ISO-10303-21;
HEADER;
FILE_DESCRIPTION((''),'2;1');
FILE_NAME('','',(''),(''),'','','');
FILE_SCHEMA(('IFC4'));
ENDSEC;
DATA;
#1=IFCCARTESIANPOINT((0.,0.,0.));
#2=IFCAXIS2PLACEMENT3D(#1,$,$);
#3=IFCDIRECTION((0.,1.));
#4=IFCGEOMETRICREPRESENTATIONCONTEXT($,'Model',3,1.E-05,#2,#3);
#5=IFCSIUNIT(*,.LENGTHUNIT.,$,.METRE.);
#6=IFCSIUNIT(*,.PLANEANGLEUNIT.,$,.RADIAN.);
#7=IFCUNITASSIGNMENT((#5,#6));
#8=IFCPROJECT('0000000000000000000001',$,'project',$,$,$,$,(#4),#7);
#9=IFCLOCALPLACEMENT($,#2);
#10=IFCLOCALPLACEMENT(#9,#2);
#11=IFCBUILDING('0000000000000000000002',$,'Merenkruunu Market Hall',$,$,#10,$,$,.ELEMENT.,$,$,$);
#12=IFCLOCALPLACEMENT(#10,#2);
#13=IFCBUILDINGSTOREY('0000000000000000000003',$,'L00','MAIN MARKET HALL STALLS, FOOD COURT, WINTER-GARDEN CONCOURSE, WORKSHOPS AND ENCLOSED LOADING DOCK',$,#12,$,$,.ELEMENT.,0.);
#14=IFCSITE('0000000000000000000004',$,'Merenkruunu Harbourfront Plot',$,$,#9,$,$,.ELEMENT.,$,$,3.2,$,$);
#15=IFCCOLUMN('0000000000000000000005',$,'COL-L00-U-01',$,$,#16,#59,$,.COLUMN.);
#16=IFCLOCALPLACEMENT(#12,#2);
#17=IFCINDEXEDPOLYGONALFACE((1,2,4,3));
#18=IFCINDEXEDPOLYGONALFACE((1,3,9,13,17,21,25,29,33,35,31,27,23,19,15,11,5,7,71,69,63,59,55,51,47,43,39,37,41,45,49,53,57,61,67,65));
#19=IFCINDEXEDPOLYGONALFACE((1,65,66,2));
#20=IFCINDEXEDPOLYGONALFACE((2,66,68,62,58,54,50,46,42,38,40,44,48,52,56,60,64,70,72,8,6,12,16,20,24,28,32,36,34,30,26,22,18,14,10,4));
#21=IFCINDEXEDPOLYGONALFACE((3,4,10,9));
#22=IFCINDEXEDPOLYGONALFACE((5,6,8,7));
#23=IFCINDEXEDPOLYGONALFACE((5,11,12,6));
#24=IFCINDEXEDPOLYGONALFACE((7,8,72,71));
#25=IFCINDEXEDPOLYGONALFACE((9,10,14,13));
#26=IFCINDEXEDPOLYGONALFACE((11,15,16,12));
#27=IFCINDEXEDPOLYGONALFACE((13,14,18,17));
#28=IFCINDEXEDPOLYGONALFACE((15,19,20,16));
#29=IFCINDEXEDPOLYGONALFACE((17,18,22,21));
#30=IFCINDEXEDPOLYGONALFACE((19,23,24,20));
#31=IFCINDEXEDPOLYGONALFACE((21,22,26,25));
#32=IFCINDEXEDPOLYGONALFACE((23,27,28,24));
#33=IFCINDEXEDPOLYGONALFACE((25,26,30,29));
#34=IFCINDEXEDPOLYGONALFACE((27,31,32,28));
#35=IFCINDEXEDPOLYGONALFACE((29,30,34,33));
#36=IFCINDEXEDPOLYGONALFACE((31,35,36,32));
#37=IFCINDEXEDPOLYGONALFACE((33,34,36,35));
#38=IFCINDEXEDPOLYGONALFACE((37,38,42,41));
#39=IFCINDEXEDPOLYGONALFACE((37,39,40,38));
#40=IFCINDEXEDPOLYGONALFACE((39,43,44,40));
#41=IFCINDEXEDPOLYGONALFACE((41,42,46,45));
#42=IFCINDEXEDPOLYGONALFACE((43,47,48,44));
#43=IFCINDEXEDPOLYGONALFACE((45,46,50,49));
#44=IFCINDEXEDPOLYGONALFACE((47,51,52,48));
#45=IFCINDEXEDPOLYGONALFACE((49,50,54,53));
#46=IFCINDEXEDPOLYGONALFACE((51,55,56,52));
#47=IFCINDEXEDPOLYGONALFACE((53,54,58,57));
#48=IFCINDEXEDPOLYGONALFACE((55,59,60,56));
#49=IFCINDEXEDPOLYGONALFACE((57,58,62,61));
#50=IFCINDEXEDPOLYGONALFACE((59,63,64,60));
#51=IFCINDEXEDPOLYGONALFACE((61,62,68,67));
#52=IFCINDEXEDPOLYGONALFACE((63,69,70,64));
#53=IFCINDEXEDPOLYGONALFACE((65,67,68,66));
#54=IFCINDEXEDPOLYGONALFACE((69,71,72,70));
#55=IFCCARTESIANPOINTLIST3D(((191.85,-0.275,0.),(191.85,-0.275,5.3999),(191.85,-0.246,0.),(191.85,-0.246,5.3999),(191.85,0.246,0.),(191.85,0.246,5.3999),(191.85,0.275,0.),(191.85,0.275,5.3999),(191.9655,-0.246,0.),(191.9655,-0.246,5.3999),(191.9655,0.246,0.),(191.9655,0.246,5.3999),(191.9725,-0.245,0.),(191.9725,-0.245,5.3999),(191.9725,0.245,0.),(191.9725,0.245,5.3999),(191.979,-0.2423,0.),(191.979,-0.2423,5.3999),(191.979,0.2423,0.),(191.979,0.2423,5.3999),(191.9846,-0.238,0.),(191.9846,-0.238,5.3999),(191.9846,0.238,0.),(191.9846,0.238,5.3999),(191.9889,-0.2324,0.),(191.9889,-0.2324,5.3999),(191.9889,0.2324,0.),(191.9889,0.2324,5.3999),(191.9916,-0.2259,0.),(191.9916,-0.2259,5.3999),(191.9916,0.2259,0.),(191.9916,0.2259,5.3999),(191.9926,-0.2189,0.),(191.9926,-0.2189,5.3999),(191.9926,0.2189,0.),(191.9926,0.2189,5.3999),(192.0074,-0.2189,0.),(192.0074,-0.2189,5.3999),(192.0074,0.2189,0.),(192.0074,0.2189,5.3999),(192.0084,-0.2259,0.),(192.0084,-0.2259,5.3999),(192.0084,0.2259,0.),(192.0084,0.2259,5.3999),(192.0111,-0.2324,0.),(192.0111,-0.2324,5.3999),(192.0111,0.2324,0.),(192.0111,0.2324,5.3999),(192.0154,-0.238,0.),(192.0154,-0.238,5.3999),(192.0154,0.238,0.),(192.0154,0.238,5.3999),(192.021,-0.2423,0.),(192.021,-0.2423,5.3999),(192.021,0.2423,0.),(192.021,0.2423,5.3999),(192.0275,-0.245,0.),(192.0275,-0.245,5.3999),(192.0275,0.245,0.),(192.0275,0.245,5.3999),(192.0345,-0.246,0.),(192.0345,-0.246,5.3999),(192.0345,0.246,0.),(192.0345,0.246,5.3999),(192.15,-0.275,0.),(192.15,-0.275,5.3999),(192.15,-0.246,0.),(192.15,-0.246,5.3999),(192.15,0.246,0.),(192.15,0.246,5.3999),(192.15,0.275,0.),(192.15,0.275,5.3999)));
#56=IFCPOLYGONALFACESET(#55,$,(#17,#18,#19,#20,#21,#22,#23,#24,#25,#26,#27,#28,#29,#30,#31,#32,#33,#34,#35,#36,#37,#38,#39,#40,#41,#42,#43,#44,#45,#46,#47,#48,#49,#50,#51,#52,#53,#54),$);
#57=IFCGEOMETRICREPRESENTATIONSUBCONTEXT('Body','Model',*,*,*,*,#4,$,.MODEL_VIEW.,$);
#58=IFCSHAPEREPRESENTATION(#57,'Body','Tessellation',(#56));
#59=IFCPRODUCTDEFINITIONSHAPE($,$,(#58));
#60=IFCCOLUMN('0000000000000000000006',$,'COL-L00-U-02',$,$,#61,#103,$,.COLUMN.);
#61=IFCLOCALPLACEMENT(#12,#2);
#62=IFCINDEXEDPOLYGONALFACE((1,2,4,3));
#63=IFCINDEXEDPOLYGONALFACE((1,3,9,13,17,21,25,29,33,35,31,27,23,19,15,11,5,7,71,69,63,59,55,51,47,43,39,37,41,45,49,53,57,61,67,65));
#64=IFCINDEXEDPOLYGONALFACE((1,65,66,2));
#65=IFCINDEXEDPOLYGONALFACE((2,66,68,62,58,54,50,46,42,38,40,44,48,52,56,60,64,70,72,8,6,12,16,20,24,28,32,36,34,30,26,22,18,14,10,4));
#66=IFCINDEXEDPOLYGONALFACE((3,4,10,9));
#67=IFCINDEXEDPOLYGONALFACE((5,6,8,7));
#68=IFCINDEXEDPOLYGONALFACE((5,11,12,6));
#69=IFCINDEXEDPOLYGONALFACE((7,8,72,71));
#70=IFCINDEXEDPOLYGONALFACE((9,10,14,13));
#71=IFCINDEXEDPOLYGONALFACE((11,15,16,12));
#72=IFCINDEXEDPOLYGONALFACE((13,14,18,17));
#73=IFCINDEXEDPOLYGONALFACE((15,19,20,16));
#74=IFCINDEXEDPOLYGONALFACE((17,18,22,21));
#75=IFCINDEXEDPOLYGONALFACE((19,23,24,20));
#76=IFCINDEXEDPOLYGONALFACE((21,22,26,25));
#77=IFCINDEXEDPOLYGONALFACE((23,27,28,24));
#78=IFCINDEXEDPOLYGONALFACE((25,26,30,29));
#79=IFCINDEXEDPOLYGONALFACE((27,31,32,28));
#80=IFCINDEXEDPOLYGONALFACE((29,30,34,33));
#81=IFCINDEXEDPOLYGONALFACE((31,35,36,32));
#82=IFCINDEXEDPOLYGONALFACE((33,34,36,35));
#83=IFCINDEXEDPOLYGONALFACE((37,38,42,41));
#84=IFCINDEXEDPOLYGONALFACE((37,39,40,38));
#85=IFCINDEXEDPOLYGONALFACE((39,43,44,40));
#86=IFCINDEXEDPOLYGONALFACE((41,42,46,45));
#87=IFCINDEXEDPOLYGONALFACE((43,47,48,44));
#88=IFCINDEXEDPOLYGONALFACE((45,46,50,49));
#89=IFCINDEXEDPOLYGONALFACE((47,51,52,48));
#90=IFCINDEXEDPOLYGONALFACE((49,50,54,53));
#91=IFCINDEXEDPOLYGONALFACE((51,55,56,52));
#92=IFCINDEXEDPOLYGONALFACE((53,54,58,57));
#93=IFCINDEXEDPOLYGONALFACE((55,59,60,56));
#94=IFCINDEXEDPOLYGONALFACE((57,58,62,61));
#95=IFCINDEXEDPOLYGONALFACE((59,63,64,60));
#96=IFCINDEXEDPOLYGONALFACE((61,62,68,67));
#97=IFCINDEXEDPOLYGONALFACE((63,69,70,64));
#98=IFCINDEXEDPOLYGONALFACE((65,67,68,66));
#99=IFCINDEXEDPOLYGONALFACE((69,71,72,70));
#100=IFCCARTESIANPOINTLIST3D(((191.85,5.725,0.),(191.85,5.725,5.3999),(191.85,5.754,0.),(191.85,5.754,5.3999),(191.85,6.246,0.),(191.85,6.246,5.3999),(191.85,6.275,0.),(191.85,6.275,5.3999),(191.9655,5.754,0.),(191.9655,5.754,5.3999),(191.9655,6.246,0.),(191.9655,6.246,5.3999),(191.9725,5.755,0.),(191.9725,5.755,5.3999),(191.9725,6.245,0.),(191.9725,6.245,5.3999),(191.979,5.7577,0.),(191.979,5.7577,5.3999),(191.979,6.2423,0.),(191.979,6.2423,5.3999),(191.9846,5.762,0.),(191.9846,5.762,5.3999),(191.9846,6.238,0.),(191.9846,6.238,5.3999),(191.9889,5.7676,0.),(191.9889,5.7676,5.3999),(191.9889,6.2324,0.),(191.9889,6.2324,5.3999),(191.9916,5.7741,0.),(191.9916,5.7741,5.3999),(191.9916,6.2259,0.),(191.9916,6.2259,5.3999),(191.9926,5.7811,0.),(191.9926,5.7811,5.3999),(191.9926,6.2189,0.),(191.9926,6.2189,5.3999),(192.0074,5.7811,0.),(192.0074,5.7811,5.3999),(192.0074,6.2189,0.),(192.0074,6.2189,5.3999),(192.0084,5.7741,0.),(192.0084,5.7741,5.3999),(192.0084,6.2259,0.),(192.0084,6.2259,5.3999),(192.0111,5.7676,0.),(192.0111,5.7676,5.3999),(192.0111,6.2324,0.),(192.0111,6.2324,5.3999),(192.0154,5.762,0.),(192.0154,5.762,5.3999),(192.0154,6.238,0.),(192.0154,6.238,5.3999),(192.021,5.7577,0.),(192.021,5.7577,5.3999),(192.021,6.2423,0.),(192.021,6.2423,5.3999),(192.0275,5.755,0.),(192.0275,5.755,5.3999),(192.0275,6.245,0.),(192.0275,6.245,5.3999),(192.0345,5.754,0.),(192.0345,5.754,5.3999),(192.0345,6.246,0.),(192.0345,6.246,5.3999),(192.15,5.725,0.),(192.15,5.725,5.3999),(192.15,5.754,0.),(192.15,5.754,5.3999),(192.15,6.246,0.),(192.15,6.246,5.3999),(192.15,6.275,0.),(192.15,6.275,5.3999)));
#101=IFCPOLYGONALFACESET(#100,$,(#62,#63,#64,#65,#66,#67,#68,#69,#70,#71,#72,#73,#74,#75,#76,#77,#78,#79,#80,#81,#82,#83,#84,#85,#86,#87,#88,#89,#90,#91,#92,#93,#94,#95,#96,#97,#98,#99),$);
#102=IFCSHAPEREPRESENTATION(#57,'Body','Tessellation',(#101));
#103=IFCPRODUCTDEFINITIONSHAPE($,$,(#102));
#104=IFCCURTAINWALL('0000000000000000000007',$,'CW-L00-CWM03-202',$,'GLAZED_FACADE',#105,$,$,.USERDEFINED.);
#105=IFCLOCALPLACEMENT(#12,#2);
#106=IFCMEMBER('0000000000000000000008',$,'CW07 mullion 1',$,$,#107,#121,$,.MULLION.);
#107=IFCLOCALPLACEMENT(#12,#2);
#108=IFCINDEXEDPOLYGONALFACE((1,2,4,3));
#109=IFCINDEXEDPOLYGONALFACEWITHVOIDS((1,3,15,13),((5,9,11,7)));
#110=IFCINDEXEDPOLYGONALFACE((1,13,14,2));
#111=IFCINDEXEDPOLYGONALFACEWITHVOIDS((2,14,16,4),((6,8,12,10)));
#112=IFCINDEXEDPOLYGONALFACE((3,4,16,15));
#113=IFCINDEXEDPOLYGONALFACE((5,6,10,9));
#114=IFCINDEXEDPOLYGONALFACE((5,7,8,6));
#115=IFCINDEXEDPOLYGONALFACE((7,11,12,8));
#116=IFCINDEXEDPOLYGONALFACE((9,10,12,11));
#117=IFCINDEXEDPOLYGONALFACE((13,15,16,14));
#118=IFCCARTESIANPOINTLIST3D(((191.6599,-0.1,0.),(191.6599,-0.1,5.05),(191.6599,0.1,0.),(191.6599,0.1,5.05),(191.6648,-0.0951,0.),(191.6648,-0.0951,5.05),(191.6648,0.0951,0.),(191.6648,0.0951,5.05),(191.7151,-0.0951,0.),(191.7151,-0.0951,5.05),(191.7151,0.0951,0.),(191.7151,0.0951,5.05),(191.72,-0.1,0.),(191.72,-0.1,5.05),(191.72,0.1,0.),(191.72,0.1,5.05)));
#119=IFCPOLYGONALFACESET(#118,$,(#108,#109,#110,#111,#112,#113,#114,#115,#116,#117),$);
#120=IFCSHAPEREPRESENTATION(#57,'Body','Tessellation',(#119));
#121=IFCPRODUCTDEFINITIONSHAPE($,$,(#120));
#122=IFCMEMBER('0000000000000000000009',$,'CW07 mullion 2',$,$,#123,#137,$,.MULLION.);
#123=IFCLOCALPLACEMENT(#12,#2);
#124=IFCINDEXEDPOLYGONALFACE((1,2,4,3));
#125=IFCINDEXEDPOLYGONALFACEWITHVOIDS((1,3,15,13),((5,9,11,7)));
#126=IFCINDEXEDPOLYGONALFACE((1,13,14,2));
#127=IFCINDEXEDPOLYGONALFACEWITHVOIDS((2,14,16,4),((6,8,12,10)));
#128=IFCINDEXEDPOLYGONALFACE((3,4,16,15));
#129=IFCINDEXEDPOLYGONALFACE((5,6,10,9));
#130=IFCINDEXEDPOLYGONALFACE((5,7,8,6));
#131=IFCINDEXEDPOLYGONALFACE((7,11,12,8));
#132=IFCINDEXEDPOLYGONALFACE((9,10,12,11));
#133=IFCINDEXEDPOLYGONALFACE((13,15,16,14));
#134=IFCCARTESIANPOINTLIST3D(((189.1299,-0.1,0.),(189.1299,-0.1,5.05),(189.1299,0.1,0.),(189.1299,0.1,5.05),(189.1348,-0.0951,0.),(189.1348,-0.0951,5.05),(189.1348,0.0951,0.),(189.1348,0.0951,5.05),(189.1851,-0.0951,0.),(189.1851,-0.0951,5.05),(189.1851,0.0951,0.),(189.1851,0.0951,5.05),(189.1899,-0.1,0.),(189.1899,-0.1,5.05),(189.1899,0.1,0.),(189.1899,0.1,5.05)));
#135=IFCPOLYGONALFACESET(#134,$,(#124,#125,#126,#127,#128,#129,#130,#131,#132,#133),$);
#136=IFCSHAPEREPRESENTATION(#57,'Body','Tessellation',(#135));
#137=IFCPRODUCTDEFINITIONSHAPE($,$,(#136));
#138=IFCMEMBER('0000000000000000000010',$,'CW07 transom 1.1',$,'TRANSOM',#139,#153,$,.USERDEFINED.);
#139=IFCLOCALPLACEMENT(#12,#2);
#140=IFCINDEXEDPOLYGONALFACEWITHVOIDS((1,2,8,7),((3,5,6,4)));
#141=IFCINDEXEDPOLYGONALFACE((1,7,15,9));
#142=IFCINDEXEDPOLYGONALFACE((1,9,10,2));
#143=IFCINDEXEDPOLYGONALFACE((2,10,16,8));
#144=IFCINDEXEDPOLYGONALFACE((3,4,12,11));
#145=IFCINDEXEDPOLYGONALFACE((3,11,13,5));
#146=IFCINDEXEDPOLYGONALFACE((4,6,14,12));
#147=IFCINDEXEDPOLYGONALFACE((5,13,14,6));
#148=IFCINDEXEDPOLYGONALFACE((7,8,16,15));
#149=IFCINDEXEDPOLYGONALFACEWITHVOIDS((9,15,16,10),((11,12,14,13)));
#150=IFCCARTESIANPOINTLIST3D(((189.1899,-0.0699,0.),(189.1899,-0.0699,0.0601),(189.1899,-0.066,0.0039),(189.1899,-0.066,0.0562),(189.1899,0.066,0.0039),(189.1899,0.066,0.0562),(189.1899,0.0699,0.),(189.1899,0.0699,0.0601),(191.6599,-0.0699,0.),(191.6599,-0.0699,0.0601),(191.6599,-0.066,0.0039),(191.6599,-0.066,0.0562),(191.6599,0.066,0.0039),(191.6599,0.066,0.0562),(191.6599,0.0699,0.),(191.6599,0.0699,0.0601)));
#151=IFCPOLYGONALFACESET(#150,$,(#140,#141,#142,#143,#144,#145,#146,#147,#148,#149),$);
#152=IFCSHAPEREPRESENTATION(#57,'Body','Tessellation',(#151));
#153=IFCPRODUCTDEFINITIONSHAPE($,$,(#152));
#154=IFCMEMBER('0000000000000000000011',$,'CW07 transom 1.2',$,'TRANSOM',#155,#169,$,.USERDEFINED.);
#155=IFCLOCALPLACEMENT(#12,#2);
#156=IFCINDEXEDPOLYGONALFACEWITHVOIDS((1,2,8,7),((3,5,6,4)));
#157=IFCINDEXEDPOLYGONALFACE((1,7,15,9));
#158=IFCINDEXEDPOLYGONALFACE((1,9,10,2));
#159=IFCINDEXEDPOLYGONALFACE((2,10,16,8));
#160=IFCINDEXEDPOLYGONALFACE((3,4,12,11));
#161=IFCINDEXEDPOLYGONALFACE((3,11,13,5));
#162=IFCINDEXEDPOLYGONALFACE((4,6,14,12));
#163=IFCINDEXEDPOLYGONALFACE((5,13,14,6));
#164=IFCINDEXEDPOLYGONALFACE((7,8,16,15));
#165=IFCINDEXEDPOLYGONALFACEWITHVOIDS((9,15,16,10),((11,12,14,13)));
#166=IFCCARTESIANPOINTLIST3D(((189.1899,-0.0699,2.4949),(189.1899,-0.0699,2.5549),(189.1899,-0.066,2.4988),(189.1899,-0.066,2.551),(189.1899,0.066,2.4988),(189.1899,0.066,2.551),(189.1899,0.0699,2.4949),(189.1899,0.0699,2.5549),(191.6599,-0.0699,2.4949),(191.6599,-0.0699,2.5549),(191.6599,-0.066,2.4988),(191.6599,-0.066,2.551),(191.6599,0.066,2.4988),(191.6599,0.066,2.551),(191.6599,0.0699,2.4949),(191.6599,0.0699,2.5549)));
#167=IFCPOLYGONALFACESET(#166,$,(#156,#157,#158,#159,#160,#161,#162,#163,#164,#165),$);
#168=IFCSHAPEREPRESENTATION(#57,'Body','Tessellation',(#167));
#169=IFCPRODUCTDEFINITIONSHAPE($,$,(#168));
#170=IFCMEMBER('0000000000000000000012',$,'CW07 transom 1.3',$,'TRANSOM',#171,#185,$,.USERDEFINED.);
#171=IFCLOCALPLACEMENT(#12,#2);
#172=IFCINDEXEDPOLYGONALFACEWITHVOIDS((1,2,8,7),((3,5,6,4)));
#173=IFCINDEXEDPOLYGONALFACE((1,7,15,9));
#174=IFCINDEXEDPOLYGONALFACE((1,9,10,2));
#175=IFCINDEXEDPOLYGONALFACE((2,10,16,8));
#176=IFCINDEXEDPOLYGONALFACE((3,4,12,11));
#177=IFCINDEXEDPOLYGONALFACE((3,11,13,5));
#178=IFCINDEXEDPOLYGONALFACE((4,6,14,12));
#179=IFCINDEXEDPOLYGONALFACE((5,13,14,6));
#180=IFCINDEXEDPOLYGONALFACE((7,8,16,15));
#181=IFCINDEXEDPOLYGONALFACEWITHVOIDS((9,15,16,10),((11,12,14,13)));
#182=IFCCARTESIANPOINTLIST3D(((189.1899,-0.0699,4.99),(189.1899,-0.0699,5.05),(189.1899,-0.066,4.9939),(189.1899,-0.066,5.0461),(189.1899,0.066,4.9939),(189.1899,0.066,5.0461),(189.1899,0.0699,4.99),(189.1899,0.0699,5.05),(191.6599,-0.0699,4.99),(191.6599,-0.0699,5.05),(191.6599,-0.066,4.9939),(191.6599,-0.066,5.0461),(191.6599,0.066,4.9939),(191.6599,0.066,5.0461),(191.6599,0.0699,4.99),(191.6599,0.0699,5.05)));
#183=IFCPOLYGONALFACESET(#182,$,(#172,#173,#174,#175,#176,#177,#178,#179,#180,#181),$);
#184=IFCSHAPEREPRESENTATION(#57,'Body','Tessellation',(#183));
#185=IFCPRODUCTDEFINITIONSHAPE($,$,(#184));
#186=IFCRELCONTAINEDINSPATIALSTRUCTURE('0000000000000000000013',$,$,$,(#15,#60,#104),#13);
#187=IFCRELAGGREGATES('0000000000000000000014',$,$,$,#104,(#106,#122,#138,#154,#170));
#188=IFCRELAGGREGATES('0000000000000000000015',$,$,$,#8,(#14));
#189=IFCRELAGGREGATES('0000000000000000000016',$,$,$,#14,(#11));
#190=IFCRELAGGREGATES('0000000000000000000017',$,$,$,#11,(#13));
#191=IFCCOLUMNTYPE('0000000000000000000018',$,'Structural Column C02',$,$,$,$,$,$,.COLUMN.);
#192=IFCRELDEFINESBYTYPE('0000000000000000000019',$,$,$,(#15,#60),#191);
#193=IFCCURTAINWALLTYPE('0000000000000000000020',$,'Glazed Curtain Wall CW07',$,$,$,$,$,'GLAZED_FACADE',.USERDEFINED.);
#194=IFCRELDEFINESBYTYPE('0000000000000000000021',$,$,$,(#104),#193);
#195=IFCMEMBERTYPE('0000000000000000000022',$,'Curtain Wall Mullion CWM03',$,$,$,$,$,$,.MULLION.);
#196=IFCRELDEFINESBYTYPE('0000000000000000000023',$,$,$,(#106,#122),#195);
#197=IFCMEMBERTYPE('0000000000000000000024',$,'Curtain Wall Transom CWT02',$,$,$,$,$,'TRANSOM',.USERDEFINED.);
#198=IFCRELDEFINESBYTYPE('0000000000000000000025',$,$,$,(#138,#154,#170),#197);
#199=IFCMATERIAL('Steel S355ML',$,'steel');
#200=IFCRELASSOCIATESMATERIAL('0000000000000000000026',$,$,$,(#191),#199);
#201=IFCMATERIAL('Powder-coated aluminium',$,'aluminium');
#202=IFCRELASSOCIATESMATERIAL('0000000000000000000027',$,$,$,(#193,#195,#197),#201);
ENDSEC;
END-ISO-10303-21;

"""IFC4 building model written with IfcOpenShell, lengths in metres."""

from ifc_helpers import new_model, si_unit, direction, frame, origin, origin_2d, place, context, subcontext, project, spatial, hollow_rectangle, i_section, extrude, material, material_profile, profile_set, type_object, element, aggregate, save


model = new_model("IFC4")

# Units and contexts
model_context = context("Model", 3, precision=1e-05, world=origin(), true_north=direction((0.0, 1.0)))
body_context = subcontext(model_context, "Body", "Model", "MODEL_VIEW")
ifc_project = project(units=[si_unit("LENGTHUNIT", "METRE"), si_unit("PLANEANGLEUNIT", "RADIAN")], contexts=[model_context])

# Site, building, storey
site_placement = place(None, origin())
site = spatial("IfcSite", under=ifc_project, at=site_placement, Name="Merenkruunu Harbourfront Plot", CompositionType="ELEMENT", RefElevation=3.2)
building_placement = place(site_placement, origin())
building = spatial("IfcBuilding", under=site, at=building_placement, Name="Merenkruunu Market Hall", CompositionType="ELEMENT")
storey_placement = place(building_placement, origin())
storey = spatial("IfcBuildingStorey", under=building, at=storey_placement, Name="L00", Description="MAIN MARKET HALL STALLS, FOOD COURT, WINTER-GARDEN CONCOURSE, WORKSHOPS AND ENCLOSED LOADING DOCK", CompositionType="ELEMENT", Elevation=0.0)

# Columns
ifc_material_1 = material(Name="Steel S355ML", Category="steel")
ifc_material_profile_1 = material_profile(ifc_material_1, i_section(OverallWidth=0.3, OverallDepth=0.55, WebThickness=0.0149, FlangeThickness=0.0291, FilletRadius=0.0271, at=origin_2d()), Name="HEB 550")
ifc_profile_set_1 = profile_set([ifc_material_profile_1], Name="Steel S355ML")
column_type = type_object("IfcColumnType", Name="Structural Column C02", PredefinedType="COLUMN", material=ifc_profile_set_1)
for number, where, z_axis, x_axis, name in (
    (1, (192.0, 0.0, 0.0), (0.0, 0.0, 1.0), (1.0, 0.0, 0.0), "COL-L00-U-01"),
    (2, (192.0, 6.0, 0.0), (0.0, 0.0, 1.0), (1.0, 0.0, 0.0), "COL-L00-U-02"),
):
    element("IfcColumn", number, at=place(storey_placement, frame(where, z_axis=z_axis, x_axis=x_axis)), inside=storey, type_object=column_type, Name=name, PredefinedType="COLUMN", context=body_context, shape_type="SweptSolid", body=[
        extrude(i_section(OverallWidth=0.3, OverallDepth=0.55, WebThickness=0.0149, FlangeThickness=0.0291, FilletRadius=0.0271, at=origin_2d()), origin(), (0.0, 0.0, 1.0), 5.3999),
    ])

# Curtain wall, members
ifc_material_2 = material(Name="Powder-coated aluminium", Category="aluminium")
curtain_wall_type = type_object("IfcCurtainWallType", Name="Glazed Curtain Wall CW07", ElementType="GLAZED_FACADE", PredefinedType="USERDEFINED", material=ifc_material_2)
curtain_wall_placement = place(storey_placement, origin())
curtain_wall = element("IfcCurtainWall", 3, at=curtain_wall_placement, inside=storey, type_object=curtain_wall_type, Name="CW-L00-CWM03-202", ObjectType="GLAZED_FACADE", PredefinedType="USERDEFINED")
ifc_material_profile_2 = material_profile(ifc_material_2, hollow_rectangle(XDim=0.0601, YDim=0.2, WallThickness=0.0049, at=origin_2d()), Name="ALU 60x200x5")
ifc_profile_set_2 = profile_set([ifc_material_profile_2], Name="Powder-coated aluminium")
member_type_1 = type_object("IfcMemberType", Name="Curtain Wall Mullion CWM03", PredefinedType="MULLION", material=ifc_profile_set_2)
member_1_placement = place(storey_placement, frame((191.6899, 0.0, 0.0), z_axis=(0.0, 0.0, 1.0), x_axis=(-1.0, 0.0, 0.0)))
member_1 = element("IfcMember", 4, at=member_1_placement, type_object=member_type_1, Name="CW07 mullion 1", PredefinedType="MULLION", context=body_context, shape_type="SweptSolid", body=[
    extrude(hollow_rectangle(XDim=0.0601, YDim=0.2, WallThickness=0.0049, at=origin_2d()), origin(), (0.0, 0.0, 1.0), 5.05),
])
member_2_placement = place(storey_placement, frame((189.1599, 0.0, 0.0), z_axis=(0.0, 0.0, 1.0), x_axis=(-1.0, 0.0, 0.0)))
member_2 = element("IfcMember", 5, at=member_2_placement, type_object=member_type_1, Name="CW07 mullion 2", PredefinedType="MULLION", context=body_context, shape_type="SweptSolid", body=[
    extrude(hollow_rectangle(XDim=0.0601, YDim=0.2, WallThickness=0.0049, at=origin_2d()), origin(), (0.0, 0.0, 1.0), 5.05),
])
ifc_material_profile_3 = material_profile(ifc_material_2, hollow_rectangle(XDim=0.0601, YDim=0.1399, WallThickness=0.0039, at=origin_2d()), Name="ALU 60x140x4")
ifc_profile_set_3 = profile_set([ifc_material_profile_3], Name="Powder-coated aluminium")
member_type_2 = type_object("IfcMemberType", Name="Curtain Wall Transom CWT02", ElementType="TRANSOM", PredefinedType="USERDEFINED", material=ifc_profile_set_3)
member_3_placement = place(storey_placement, frame((191.6599, 0.0, 0.03), z_axis=(-1.0, 0.0, 0.0), x_axis=(0.0, 0.0, 1.0)))
member_3 = element("IfcMember", 6, at=member_3_placement, type_object=member_type_2, Name="CW07 transom 1.1", ObjectType="TRANSOM", PredefinedType="USERDEFINED", context=body_context, shape_type="SweptSolid", body=[
    extrude(hollow_rectangle(XDim=0.0601, YDim=0.1399, WallThickness=0.0039, at=origin_2d()), origin(), (0.0, 0.0, 1.0), 2.47),
])
member_4_placement = place(storey_placement, frame((191.6599, 0.0, 2.5249), z_axis=(-1.0, 0.0, 0.0), x_axis=(0.0, 0.0, 1.0)))
member_4 = element("IfcMember", 7, at=member_4_placement, type_object=member_type_2, Name="CW07 transom 1.2", ObjectType="TRANSOM", PredefinedType="USERDEFINED", context=body_context, shape_type="SweptSolid", body=[
    extrude(hollow_rectangle(XDim=0.0601, YDim=0.1399, WallThickness=0.0039, at=origin_2d()), origin(), (0.0, 0.0, 1.0), 2.47),
])
member_5_placement = place(storey_placement, frame((191.6599, 0.0, 5.02), z_axis=(-1.0, 0.0, 0.0), x_axis=(0.0, 0.0, 1.0)))
member_5 = element("IfcMember", 8, at=member_5_placement, type_object=member_type_2, Name="CW07 transom 1.3", ObjectType="TRANSOM", PredefinedType="USERDEFINED", context=body_context, shape_type="SweptSolid", body=[
    extrude(hollow_rectangle(XDim=0.0601, YDim=0.1399, WallThickness=0.0039, at=origin_2d()), origin(), (0.0, 0.0, 1.0), 2.47),
])

aggregate(curtain_wall, [member_1, member_2, member_3, member_4, member_5])

save(model, "model.ifc")
